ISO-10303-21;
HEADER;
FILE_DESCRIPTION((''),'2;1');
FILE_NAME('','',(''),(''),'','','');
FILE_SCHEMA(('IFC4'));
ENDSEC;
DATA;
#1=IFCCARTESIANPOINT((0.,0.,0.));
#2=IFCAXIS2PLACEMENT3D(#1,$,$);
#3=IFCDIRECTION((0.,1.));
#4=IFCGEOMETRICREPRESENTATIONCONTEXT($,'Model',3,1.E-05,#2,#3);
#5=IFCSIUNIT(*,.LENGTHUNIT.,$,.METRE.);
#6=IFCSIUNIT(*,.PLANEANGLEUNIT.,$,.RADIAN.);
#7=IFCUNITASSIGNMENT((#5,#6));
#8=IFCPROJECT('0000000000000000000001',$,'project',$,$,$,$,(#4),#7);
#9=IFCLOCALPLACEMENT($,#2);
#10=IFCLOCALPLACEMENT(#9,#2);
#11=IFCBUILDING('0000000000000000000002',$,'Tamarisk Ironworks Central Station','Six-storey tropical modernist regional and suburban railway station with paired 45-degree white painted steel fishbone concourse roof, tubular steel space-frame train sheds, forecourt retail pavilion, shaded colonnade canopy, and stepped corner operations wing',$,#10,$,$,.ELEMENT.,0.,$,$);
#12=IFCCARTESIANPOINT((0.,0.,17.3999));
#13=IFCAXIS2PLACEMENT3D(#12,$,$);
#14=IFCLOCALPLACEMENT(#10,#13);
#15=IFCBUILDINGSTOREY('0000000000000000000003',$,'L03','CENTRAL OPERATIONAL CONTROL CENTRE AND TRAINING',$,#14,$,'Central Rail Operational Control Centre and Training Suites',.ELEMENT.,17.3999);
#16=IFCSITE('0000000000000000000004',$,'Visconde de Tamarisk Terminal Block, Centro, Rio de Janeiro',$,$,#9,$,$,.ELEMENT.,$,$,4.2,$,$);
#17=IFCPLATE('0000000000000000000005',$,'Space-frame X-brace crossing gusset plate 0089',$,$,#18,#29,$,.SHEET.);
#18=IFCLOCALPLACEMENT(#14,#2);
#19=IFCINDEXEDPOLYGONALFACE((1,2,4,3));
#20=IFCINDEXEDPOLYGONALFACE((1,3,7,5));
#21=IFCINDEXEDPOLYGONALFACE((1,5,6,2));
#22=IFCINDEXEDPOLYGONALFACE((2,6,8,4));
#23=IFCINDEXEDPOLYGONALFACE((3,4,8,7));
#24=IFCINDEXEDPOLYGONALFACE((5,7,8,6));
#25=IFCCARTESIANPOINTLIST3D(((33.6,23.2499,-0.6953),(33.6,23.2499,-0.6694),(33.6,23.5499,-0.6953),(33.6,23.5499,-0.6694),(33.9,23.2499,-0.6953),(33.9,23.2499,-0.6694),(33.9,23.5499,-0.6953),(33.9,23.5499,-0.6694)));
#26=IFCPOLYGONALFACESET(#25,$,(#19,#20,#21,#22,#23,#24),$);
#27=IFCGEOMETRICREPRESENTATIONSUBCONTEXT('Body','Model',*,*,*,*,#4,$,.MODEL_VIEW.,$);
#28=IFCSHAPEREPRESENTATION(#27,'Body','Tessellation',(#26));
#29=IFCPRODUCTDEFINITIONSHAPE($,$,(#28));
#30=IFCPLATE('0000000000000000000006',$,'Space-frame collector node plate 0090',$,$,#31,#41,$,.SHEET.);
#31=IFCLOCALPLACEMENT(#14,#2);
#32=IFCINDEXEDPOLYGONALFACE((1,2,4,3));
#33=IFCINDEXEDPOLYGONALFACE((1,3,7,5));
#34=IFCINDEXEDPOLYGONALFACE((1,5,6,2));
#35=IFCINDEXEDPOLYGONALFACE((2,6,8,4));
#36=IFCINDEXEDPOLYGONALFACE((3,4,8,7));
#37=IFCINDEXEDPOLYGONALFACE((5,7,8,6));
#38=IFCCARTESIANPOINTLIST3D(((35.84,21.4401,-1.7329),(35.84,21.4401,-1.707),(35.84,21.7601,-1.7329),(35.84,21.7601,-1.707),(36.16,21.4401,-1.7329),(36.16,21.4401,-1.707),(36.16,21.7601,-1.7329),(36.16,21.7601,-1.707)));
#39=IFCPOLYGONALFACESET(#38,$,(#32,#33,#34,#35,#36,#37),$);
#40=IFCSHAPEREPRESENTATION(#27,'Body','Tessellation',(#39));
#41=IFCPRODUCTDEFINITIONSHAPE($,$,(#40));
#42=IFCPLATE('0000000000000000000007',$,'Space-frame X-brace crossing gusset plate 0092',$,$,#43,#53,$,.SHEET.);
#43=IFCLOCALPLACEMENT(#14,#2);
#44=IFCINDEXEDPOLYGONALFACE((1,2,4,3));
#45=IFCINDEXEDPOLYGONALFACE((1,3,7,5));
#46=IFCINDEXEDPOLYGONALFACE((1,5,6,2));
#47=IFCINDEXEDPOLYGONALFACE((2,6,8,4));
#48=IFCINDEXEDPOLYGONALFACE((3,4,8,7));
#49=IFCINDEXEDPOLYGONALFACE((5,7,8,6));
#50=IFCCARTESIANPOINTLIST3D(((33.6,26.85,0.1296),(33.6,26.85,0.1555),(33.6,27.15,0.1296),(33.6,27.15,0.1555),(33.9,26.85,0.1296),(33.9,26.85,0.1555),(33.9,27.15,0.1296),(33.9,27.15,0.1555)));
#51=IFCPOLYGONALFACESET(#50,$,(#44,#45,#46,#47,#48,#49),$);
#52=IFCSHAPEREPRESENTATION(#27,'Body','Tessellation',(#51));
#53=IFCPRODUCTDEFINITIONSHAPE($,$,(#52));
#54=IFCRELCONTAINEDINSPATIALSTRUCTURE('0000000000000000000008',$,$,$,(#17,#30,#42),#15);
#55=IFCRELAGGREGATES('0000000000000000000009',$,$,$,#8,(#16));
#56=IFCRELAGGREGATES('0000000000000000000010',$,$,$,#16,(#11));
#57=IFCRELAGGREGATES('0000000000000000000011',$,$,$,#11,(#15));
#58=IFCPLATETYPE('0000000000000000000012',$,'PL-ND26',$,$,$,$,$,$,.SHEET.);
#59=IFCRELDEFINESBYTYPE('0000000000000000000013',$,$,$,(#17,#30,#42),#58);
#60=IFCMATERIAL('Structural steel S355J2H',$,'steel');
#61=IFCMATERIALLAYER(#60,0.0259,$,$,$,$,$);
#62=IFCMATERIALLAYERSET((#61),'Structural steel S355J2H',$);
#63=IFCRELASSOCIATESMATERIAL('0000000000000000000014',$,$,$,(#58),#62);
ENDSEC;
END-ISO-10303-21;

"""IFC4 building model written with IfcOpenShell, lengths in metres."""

from ifc_helpers import new_model, si_unit, direction, frame, origin, origin_2d, place, context, subcontext, project, spatial, rectangle, extrude, material, layer, layer_set, type_object, element, save


model = new_model("IFC4")

# Units and contexts
model_context = context("Model", 3, precision=1e-05, world=origin(), true_north=direction((0.0, 1.0)))
body_context = subcontext(model_context, "Body", "Model", "MODEL_VIEW")
ifc_project = project(units=[si_unit("LENGTHUNIT", "METRE"), si_unit("PLANEANGLEUNIT", "RADIAN")], contexts=[model_context])

# Site, building, storey
site_placement = place(None, origin())
site = spatial("IfcSite", under=ifc_project, at=site_placement, Name="Visconde de Tamarisk Terminal Block, Centro, Rio de Janeiro", CompositionType="ELEMENT", RefElevation=4.2)
building_placement = place(site_placement, origin())
building = spatial("IfcBuilding", under=site, at=building_placement, Name="Tamarisk Ironworks Central Station", Description="Six-storey tropical modernist regional and suburban railway station with paired 45-degree white painted steel fishbone concourse roof, tubular steel space-frame train sheds, forecourt retail pavilion, shaded colonnade canopy, and stepped corner operations wing", CompositionType="ELEMENT", ElevationOfRefHeight=0.0)
storey_placement = place(building_placement, frame((0.0, 0.0, 17.3999)))
storey = spatial("IfcBuildingStorey", under=building, at=storey_placement, Name="L03", Description="CENTRAL OPERATIONAL CONTROL CENTRE AND TRAINING", LongName="Central Rail Operational Control Centre and Training Suites", CompositionType="ELEMENT", Elevation=17.3999)

# Shared definitions
ifc_material_1 = material(Name="Structural steel S355J2H", Category="steel")

# Plates
ifc_layer_1 = layer(ifc_material_1, 0.0259)
ifc_layer_set_1 = layer_set([ifc_layer_1], Name="Structural steel S355J2H")
plate_type_1 = type_object("IfcPlateType", Name="PL-ND26", PredefinedType="SHEET", material=ifc_layer_set_1)
plate_1_placement = place(storey_placement, frame((33.75, 23.3999, -0.6953), z_axis=(0.0, 0.0, 1.0), x_axis=(1.0, 0.0, 0.0)))
element("IfcPlate", 1, at=plate_1_placement, inside=storey, type_object=plate_type_1, Name="Space-frame X-brace crossing gusset plate 0089", PredefinedType="SHEET", context=body_context, shape_type="SweptSolid", body=[
    extrude(rectangle(XDim=0.3, YDim=0.3, at=origin_2d()), origin(), (0.0, 0.0, 1.0), 0.0259),
])
plate_2_placement = place(storey_placement, frame((36.0, 21.6001, -1.7329), z_axis=(0.0, 0.0, 1.0), x_axis=(1.0, 0.0, 0.0)))
element("IfcPlate", 2, at=plate_2_placement, inside=storey, type_object=plate_type_1, Name="Space-frame collector node plate 0090", PredefinedType="SHEET", context=body_context, shape_type="SweptSolid", body=[
    extrude(rectangle(XDim=0.3201, YDim=0.3201, at=origin_2d()), origin(), (0.0, 0.0, 1.0), 0.0259),
])
plate_3_placement = place(storey_placement, frame((33.75, 27.0, 0.1296), z_axis=(0.0, 0.0, 1.0), x_axis=(1.0, 0.0, 0.0)))
element("IfcPlate", 3, at=plate_3_placement, inside=storey, type_object=plate_type_1, Name="Space-frame X-brace crossing gusset plate 0092", PredefinedType="SHEET", context=body_context, shape_type="SweptSolid", body=[
    extrude(rectangle(XDim=0.3, YDim=0.3, at=origin_2d()), origin(), (0.0, 0.0, 1.0), 0.0259),
])

save(model, "model.ifc")
